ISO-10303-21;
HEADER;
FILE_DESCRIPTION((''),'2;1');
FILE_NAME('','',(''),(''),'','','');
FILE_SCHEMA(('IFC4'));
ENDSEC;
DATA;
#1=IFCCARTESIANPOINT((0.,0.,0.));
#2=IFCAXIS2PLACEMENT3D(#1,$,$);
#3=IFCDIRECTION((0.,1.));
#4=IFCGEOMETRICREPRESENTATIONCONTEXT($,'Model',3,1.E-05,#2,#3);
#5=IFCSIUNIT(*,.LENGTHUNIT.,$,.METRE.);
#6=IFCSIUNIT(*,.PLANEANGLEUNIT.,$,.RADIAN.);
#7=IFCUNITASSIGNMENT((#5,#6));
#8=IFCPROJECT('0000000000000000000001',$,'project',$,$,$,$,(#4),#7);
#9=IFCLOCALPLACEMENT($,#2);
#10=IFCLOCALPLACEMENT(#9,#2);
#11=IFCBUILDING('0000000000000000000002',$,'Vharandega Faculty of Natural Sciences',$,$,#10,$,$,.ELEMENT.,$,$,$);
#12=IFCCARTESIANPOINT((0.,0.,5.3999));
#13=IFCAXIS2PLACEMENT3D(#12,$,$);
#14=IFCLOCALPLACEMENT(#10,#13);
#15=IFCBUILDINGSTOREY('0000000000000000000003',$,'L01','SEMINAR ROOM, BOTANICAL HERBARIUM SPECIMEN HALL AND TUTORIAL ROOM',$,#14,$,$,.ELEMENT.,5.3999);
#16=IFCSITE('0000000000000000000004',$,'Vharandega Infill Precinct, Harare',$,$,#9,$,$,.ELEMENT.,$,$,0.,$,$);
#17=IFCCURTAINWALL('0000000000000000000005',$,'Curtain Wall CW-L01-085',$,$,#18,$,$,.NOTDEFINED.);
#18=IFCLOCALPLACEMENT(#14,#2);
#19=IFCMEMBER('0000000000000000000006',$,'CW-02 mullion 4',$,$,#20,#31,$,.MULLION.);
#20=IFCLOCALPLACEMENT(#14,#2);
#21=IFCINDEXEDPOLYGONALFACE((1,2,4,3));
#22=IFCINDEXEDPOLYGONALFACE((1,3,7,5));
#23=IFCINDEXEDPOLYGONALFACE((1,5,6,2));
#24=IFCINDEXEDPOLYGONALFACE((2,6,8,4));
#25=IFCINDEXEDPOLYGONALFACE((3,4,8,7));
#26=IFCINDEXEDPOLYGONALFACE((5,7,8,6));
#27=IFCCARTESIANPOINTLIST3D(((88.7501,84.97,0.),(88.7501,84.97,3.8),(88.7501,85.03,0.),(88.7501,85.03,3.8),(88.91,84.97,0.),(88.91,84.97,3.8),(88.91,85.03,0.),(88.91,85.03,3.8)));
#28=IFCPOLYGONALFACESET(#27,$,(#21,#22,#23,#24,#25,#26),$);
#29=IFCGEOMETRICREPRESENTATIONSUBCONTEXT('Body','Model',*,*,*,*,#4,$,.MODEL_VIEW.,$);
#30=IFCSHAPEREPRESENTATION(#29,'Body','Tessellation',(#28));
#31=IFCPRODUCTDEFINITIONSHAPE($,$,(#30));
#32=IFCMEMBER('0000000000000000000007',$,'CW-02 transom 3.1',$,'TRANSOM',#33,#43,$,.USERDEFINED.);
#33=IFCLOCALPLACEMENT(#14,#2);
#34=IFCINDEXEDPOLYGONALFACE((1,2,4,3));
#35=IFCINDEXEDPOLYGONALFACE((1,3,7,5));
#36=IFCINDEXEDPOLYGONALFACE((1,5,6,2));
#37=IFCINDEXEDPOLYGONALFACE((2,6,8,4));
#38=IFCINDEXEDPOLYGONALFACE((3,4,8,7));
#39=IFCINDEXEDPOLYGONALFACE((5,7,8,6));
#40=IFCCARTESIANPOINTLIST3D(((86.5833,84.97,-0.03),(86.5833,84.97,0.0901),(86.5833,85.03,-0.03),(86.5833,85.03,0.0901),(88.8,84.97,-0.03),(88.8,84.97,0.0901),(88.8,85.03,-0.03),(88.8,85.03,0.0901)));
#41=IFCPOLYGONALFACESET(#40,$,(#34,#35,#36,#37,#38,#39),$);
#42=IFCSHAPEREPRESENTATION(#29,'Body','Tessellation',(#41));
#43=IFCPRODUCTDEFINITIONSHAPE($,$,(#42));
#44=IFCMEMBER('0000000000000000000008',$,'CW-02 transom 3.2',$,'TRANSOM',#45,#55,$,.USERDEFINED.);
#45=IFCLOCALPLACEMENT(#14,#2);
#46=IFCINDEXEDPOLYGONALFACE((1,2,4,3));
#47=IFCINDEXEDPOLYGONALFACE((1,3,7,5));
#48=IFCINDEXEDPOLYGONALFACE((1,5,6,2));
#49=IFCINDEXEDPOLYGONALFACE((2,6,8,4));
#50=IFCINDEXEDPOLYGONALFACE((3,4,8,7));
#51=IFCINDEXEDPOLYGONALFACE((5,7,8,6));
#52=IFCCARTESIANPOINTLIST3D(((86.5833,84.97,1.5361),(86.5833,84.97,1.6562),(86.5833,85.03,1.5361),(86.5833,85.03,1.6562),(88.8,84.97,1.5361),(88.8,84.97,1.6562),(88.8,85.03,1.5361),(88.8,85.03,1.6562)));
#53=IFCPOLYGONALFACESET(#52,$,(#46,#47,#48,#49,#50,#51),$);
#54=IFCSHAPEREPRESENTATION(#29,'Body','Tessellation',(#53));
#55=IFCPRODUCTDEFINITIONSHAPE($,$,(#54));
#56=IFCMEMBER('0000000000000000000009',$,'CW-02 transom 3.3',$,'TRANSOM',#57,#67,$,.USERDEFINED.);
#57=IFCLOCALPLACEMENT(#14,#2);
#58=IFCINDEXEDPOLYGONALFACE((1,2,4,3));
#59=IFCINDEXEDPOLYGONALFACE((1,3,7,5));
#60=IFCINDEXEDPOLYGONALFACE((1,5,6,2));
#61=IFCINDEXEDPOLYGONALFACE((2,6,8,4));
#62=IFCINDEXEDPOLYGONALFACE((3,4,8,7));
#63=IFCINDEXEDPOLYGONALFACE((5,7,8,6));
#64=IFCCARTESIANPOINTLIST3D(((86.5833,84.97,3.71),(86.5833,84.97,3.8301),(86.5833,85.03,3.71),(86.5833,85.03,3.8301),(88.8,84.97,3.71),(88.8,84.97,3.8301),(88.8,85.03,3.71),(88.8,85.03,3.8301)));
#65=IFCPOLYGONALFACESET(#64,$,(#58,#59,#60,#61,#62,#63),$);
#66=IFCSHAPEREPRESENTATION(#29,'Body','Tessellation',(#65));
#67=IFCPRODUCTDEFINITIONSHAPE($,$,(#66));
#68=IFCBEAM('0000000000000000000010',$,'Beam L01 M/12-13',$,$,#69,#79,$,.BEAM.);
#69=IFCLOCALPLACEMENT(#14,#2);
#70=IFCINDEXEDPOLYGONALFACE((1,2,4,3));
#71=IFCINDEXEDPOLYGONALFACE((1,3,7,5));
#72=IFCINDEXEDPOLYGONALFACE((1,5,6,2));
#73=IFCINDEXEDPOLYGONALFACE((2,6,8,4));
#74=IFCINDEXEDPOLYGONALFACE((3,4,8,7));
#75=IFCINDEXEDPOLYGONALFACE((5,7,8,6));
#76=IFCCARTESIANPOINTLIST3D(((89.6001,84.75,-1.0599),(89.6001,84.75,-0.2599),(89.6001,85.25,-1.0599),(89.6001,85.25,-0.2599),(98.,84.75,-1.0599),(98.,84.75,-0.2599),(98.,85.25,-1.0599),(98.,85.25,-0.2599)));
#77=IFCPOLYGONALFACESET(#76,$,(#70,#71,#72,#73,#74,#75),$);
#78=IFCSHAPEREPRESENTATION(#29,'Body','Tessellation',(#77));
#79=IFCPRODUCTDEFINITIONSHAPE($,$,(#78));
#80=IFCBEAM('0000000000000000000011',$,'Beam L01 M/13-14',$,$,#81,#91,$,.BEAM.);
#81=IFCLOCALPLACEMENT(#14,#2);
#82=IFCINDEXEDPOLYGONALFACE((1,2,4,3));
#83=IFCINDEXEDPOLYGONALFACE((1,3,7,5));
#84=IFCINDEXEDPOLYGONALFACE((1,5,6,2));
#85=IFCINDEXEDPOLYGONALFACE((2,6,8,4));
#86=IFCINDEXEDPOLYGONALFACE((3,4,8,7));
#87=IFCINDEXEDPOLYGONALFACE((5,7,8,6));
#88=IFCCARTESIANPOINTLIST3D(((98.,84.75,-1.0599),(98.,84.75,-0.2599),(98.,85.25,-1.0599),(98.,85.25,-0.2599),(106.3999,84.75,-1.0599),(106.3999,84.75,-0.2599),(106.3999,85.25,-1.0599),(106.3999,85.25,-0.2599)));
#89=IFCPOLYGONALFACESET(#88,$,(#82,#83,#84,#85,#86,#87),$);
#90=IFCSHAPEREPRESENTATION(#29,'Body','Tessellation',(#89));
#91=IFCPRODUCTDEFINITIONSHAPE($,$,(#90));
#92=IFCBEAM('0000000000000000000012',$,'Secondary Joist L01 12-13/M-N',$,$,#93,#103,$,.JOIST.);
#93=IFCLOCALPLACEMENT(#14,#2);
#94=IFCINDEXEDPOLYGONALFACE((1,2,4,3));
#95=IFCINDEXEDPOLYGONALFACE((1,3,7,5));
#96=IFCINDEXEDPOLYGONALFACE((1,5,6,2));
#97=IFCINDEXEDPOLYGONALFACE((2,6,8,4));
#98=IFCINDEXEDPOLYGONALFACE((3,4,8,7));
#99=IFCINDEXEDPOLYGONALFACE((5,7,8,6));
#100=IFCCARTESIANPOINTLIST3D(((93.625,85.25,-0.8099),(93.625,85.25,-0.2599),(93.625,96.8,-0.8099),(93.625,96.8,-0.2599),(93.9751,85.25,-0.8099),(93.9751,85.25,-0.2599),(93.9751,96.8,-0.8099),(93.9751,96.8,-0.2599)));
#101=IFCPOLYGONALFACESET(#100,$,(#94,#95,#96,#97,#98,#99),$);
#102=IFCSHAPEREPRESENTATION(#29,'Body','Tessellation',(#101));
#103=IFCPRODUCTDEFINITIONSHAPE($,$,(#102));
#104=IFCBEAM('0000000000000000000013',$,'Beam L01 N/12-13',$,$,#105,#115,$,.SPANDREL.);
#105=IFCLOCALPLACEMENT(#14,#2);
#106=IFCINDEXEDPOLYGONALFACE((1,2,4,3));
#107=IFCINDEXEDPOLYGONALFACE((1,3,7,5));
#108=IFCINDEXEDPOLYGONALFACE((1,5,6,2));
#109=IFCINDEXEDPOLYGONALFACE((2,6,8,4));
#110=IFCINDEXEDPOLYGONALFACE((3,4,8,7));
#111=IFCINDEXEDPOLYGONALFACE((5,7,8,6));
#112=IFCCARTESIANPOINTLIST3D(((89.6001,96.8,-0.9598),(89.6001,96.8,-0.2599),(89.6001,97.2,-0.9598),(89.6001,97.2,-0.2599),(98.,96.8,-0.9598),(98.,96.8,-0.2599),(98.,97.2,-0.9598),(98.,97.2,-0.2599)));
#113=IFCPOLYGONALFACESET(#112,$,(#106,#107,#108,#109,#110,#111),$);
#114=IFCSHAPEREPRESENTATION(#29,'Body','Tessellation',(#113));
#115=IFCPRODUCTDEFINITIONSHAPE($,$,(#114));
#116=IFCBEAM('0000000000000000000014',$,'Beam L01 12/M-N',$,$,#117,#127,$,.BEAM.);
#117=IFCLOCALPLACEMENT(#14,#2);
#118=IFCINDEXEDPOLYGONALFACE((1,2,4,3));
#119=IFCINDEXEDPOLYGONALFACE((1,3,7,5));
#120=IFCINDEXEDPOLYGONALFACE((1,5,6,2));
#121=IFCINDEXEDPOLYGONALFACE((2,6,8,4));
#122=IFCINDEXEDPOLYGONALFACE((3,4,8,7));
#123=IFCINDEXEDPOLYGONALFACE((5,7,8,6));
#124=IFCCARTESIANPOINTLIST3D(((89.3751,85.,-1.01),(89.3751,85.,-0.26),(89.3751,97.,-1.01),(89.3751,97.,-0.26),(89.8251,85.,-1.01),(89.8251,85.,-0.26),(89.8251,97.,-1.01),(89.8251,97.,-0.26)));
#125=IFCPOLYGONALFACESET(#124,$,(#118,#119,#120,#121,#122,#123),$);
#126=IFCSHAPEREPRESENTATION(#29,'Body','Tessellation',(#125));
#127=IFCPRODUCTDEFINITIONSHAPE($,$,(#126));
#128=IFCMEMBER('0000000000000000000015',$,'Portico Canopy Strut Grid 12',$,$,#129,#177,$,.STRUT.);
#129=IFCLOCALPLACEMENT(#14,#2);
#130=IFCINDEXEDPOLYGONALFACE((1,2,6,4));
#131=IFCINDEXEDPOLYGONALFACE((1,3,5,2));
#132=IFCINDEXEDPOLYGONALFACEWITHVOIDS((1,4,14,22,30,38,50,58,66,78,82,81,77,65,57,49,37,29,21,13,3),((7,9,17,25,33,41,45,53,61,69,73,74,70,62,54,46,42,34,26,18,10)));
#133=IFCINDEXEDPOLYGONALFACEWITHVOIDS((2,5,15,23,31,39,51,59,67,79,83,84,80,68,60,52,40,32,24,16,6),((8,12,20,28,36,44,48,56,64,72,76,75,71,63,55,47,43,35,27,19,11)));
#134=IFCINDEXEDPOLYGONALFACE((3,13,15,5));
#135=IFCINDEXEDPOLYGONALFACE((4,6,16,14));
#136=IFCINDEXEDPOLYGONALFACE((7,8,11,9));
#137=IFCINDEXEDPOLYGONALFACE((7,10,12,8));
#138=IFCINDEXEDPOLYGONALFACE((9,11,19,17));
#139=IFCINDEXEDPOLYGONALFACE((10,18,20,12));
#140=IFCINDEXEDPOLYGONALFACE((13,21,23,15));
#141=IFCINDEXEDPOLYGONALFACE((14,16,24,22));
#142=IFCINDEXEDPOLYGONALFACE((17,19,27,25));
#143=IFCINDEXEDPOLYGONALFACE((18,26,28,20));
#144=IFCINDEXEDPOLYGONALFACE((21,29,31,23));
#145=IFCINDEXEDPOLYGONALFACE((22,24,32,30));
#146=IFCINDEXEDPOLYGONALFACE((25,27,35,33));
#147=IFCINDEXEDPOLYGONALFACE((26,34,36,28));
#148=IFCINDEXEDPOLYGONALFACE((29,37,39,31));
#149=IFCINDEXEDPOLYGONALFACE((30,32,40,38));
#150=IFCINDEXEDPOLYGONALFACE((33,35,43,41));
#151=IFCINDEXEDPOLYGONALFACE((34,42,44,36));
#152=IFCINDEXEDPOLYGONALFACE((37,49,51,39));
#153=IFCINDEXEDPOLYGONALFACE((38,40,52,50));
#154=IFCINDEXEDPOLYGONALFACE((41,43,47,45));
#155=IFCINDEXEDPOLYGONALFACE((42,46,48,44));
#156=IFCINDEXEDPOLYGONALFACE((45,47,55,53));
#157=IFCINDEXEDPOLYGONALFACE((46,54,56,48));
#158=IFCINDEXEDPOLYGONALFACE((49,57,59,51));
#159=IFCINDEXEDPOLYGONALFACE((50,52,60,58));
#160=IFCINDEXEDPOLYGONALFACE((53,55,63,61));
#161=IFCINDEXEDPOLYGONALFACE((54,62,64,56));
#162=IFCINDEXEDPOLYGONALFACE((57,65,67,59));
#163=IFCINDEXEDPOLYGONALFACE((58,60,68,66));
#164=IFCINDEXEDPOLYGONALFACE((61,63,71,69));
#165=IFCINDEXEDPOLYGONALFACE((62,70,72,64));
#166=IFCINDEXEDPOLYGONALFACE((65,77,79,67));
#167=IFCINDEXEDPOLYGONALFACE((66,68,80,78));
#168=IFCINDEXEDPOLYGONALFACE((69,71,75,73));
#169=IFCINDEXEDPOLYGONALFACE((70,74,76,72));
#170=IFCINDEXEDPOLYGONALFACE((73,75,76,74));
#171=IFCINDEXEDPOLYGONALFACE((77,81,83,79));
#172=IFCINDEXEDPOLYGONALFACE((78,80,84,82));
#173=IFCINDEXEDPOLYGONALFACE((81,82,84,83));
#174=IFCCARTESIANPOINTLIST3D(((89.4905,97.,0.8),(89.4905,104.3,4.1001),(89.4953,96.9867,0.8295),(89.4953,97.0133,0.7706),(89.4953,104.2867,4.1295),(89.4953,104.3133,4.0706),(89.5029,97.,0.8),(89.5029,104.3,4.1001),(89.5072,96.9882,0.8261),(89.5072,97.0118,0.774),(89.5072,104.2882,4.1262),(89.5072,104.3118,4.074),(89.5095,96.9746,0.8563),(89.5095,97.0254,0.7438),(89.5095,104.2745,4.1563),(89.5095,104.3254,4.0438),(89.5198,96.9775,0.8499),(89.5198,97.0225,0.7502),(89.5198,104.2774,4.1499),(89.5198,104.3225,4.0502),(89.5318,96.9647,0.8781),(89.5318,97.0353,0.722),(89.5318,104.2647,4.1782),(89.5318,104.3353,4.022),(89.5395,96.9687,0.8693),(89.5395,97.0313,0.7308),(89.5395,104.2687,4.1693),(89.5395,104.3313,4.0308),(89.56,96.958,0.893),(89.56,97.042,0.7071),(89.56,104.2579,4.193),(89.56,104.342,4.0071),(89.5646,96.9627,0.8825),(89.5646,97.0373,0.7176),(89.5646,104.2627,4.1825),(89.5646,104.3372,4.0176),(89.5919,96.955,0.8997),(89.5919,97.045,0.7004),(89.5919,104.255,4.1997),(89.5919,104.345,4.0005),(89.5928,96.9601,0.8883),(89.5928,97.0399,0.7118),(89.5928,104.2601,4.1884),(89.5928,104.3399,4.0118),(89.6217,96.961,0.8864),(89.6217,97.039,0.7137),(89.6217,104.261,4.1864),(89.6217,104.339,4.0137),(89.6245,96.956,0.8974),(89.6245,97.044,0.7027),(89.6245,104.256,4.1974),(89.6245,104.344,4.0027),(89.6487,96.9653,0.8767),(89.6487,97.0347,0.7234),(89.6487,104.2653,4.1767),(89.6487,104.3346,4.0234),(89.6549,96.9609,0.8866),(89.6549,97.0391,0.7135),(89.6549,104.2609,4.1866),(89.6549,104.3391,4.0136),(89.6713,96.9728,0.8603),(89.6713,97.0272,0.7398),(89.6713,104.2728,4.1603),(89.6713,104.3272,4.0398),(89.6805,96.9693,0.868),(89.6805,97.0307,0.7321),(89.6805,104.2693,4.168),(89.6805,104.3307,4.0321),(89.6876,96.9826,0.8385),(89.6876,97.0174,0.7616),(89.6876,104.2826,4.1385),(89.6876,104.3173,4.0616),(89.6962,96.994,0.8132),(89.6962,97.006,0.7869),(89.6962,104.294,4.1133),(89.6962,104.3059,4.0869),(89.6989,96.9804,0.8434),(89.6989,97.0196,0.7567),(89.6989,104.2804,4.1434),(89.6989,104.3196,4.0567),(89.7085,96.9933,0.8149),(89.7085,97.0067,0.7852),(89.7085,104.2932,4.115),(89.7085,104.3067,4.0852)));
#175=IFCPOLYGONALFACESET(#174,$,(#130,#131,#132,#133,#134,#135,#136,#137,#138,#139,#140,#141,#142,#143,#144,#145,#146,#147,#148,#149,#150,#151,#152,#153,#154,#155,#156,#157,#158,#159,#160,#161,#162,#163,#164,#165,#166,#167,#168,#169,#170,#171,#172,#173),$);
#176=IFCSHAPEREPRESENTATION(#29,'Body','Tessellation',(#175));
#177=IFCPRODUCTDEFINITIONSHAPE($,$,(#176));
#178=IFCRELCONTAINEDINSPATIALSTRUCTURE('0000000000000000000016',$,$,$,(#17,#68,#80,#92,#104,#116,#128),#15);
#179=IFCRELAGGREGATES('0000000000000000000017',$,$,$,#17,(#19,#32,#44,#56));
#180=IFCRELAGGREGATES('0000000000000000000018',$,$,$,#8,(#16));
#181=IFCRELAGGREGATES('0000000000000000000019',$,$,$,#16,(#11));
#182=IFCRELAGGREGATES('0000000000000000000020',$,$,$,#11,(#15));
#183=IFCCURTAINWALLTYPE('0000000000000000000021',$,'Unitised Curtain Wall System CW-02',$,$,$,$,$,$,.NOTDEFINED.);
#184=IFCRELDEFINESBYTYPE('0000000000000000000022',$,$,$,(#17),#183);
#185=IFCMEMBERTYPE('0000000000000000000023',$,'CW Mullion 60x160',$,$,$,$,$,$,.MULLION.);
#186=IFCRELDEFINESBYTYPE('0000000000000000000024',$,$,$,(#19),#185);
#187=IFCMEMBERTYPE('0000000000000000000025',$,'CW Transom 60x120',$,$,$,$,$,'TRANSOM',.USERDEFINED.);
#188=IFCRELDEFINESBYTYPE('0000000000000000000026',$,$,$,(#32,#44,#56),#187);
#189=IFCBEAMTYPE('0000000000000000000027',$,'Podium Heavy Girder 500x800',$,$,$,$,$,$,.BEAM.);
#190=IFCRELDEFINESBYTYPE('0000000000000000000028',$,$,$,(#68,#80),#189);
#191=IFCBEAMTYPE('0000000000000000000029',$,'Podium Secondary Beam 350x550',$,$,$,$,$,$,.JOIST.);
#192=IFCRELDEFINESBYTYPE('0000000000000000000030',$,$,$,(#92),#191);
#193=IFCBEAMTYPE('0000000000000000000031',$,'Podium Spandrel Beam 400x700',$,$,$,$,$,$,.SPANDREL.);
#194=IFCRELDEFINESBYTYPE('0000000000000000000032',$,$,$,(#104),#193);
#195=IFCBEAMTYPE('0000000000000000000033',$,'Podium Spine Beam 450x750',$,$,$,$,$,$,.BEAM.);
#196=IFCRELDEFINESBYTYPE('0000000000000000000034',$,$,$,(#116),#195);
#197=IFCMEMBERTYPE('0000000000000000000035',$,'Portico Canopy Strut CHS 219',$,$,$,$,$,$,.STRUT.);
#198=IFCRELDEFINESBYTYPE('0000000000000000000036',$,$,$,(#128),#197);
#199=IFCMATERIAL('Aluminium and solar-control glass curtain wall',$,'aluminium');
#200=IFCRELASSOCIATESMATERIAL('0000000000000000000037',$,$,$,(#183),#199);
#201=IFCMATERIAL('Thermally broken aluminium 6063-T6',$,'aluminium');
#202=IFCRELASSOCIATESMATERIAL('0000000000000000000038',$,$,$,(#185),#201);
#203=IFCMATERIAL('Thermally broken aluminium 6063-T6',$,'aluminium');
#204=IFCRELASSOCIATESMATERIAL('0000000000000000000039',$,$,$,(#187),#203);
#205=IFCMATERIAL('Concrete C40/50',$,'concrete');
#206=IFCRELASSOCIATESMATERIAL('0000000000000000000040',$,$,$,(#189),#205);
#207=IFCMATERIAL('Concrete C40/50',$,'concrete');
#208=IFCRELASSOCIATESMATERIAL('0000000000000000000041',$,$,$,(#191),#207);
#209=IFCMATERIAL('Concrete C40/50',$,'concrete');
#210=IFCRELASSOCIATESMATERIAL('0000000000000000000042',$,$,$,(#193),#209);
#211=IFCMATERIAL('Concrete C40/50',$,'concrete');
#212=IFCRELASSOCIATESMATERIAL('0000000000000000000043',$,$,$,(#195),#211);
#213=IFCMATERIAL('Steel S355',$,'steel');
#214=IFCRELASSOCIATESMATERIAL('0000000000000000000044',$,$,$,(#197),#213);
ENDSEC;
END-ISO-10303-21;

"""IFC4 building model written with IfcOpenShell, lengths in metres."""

from ifc_helpers import new_model, si_unit, direction, frame, origin, origin_2d, place, context, subcontext, project, spatial, rectangle, hollow_circle, extrude, material, material_profile, profile_set, type_object, element, aggregate, save


model = new_model("IFC4")

# Units and contexts
model_context = context("Model", 3, precision=1e-05, world=origin(), true_north=direction((0.0, 1.0)))
body_context = subcontext(model_context, "Body", "Model", "MODEL_VIEW")
ifc_project = project(units=[si_unit("LENGTHUNIT", "METRE"), si_unit("PLANEANGLEUNIT", "RADIAN")], contexts=[model_context])

# Site, building, storey
site_placement = place(None, origin())
site = spatial("IfcSite", under=ifc_project, at=site_placement, Name="Vharandega Infill Precinct, Harare", CompositionType="ELEMENT", RefElevation=0.0)
building_placement = place(site_placement, origin())
building = spatial("IfcBuilding", under=site, at=building_placement, Name="Vharandega Faculty of Natural Sciences", CompositionType="ELEMENT")
storey_placement = place(building_placement, frame((0.0, 0.0, 5.3999)))
storey = spatial("IfcBuildingStorey", under=building, at=storey_placement, Name="L01", Description="SEMINAR ROOM, BOTANICAL HERBARIUM SPECIMEN HALL AND TUTORIAL ROOM", CompositionType="ELEMENT", Elevation=5.3999)

# Curtain wall, members
ifc_material_1 = material(Name="Aluminium and solar-control glass curtain wall", Category="aluminium")
curtain_wall_type = type_object("IfcCurtainWallType", Name="Unitised Curtain Wall System CW-02", PredefinedType="NOTDEFINED", material=ifc_material_1)
curtain_wall_placement = place(storey_placement, origin())
curtain_wall = element("IfcCurtainWall", 1, at=curtain_wall_placement, inside=storey, type_object=curtain_wall_type, Name="Curtain Wall CW-L01-085", PredefinedType="NOTDEFINED")
ifc_material_2 = material(Name="Thermally broken aluminium 6063-T6", Category="aluminium")
ifc_material_profile_1 = material_profile(ifc_material_2, rectangle(XDim=0.0601, YDim=0.1599, at=origin_2d()), Name="ALU 60x160")
ifc_profile_set_1 = profile_set([ifc_material_profile_1], Name="Thermally broken aluminium 6063-T6")
member_type_1 = type_object("IfcMemberType", Name="CW Mullion 60x160", PredefinedType="MULLION", material=ifc_profile_set_1)
member_1_placement = place(storey_placement, frame((88.8301, 85.0, 0.0), z_axis=(0.0, 0.0, 1.0), x_axis=(0.0, 1.0, 0.0)))
member_1 = element("IfcMember", 2, at=member_1_placement, type_object=member_type_1, Name="CW-02 mullion 4", PredefinedType="MULLION", context=body_context, shape_type="SweptSolid", body=[
    extrude(rectangle(XDim=0.0601, YDim=0.1599, at=origin_2d()), origin(), (0.0, 0.0, 1.0), 3.8),
])
ifc_material_3 = material(Name="Thermally broken aluminium 6063-T6", Category="aluminium")
ifc_material_profile_2 = material_profile(ifc_material_3, rectangle(XDim=0.0601, YDim=0.1201, at=origin_2d()), Name="ALU 60x120")
ifc_profile_set_2 = profile_set([ifc_material_profile_2], Name="Thermally broken aluminium 6063-T6")
member_type_2 = type_object("IfcMemberType", Name="CW Transom 60x120", ElementType="TRANSOM", PredefinedType="USERDEFINED", material=ifc_profile_set_2)
member_2_placement = place(storey_placement, frame((86.5833, 85.0, 0.03), z_axis=(1.0, 0.0, 0.0), x_axis=(0.0, 1.0, 0.0)))
member_2 = element("IfcMember", 3, at=member_2_placement, type_object=member_type_2, Name="CW-02 transom 3.1", ObjectType="TRANSOM", PredefinedType="USERDEFINED", context=body_context, shape_type="SweptSolid", body=[
    extrude(rectangle(XDim=0.0601, YDim=0.1201, at=origin_2d()), origin(), (0.0, 0.0, 1.0), 2.2168),
])
member_3_placement = place(storey_placement, frame((86.5833, 85.0, 1.5962), z_axis=(1.0, 0.0, 0.0), x_axis=(0.0, 1.0, 0.0)))
member_3 = element("IfcMember", 4, at=member_3_placement, type_object=member_type_2, Name="CW-02 transom 3.2", ObjectType="TRANSOM", PredefinedType="USERDEFINED", context=body_context, shape_type="SweptSolid", body=[
    extrude(rectangle(XDim=0.0601, YDim=0.1201, at=origin_2d()), origin(), (0.0, 0.0, 1.0), 2.2168),
])
member_4_placement = place(storey_placement, frame((86.5833, 85.0, 3.77), z_axis=(1.0, 0.0, 0.0), x_axis=(0.0, 1.0, 0.0)))
member_4 = element("IfcMember", 5, at=member_4_placement, type_object=member_type_2, Name="CW-02 transom 3.3", ObjectType="TRANSOM", PredefinedType="USERDEFINED", context=body_context, shape_type="SweptSolid", body=[
    extrude(rectangle(XDim=0.0601, YDim=0.1201, at=origin_2d()), origin(), (0.0, 0.0, 1.0), 2.2168),
])

# Beams
ifc_material_4 = material(Name="Concrete C40/50", Category="concrete")
ifc_material_profile_3 = material_profile(ifc_material_4, rectangle(XDim=0.5, YDim=0.8, at=origin_2d()), Name="RC 500x800")
ifc_profile_set_3 = profile_set([ifc_material_profile_3], Name="Concrete C40/50")
beam_type_1 = type_object("IfcBeamType", Name="Podium Heavy Girder 500x800", PredefinedType="BEAM", material=ifc_profile_set_3)
for number, where, z_axis, x_axis, name in (
    (6, (89.6001, 85.0, -0.6599), (1.0, 0.0, 0.0), (0.0, 1.0, 0.0), "Beam L01 M/12-13"),
    (7, (98.0, 85.0, -0.6599), (1.0, 0.0, 0.0), (0.0, 1.0, 0.0), "Beam L01 M/13-14"),
):
    element("IfcBeam", number, at=place(storey_placement, frame(where, z_axis=z_axis, x_axis=x_axis)), inside=storey, type_object=beam_type_1, Name=name, PredefinedType="BEAM", context=body_context, shape_type="SweptSolid", body=[
        extrude(rectangle(XDim=0.5, YDim=0.8, at=origin_2d()), origin(), (0.0, 0.0, 1.0), 8.3999),
    ])
ifc_material_5 = material(Name="Concrete C40/50", Category="concrete")
ifc_material_profile_4 = material_profile(ifc_material_5, rectangle(XDim=0.3501, YDim=0.55, at=origin_2d()), Name="RC 350x550")
ifc_profile_set_4 = profile_set([ifc_material_profile_4], Name="Concrete C40/50")
beam_type_2 = type_object("IfcBeamType", Name="Podium Secondary Beam 350x550", PredefinedType="JOIST", material=ifc_profile_set_4)
beam_1_placement = place(storey_placement, frame((93.8, 85.25, -0.5349), z_axis=(0.0, 1.0, 0.0), x_axis=(-1.0, 0.0, 0.0)))
element("IfcBeam", 8, at=beam_1_placement, inside=storey, type_object=beam_type_2, Name="Secondary Joist L01 12-13/M-N", PredefinedType="JOIST", context=body_context, shape_type="SweptSolid", body=[
    extrude(rectangle(XDim=0.3501, YDim=0.55, at=origin_2d()), origin(), (0.0, 0.0, 1.0), 11.55),
])
ifc_material_6 = material(Name="Concrete C40/50", Category="concrete")
ifc_material_profile_5 = material_profile(ifc_material_6, rectangle(XDim=0.3999, YDim=0.7, at=origin_2d()), Name="RC 400x700")
ifc_profile_set_5 = profile_set([ifc_material_profile_5], Name="Concrete C40/50")
beam_type_3 = type_object("IfcBeamType", Name="Podium Spandrel Beam 400x700", PredefinedType="SPANDREL", material=ifc_profile_set_5)
beam_2_placement = place(storey_placement, frame((89.6001, 97.0, -0.6099), z_axis=(1.0, 0.0, 0.0), x_axis=(0.0, 1.0, 0.0)))
element("IfcBeam", 9, at=beam_2_placement, inside=storey, type_object=beam_type_3, Name="Beam L01 N/12-13", PredefinedType="SPANDREL", context=body_context, shape_type="SweptSolid", body=[
    extrude(rectangle(XDim=0.3999, YDim=0.7, at=origin_2d()), origin(), (0.0, 0.0, 1.0), 8.3999),
])
ifc_material_7 = material(Name="Concrete C40/50", Category="concrete")
ifc_material_profile_6 = material_profile(ifc_material_7, rectangle(XDim=0.45, YDim=0.75, at=origin_2d()), Name="RC 450x750")
ifc_profile_set_6 = profile_set([ifc_material_profile_6], Name="Concrete C40/50")
beam_type_4 = type_object("IfcBeamType", Name="Podium Spine Beam 450x750", PredefinedType="BEAM", material=ifc_profile_set_6)
beam_3_placement = place(storey_placement, frame((89.6001, 85.0, -0.635), z_axis=(0.0, 1.0, 0.0), x_axis=(-1.0, 0.0, 0.0)))
element("IfcBeam", 10, at=beam_3_placement, inside=storey, type_object=beam_type_4, Name="Beam L01 12/M-N", PredefinedType="BEAM", context=body_context, shape_type="SweptSolid", body=[
    extrude(rectangle(XDim=0.45, YDim=0.75, at=origin_2d()), origin(), (0.0, 0.0, 1.0), 12.0),
])

# Member
ifc_material_8 = material(Name="Steel S355", Category="steel")
ifc_material_profile_7 = material_profile(ifc_material_8, hollow_circle(Radius=0.1096, WallThickness=0.0125, at=origin_2d()), Name="CHS 219.1x12.5")
ifc_profile_set_7 = profile_set([ifc_material_profile_7], Name="Steel S355")
member_type_3 = type_object("IfcMemberType", Name="Portico Canopy Strut CHS 219", PredefinedType="STRUT", material=ifc_profile_set_7)
member_5_placement = place(storey_placement, frame((89.6001, 97.0, 0.8), z_axis=(0.0, 0.911218, 0.411924), x_axis=(-1.0, 0.0, 0.0)))
element("IfcMember", 11, at=member_5_placement, inside=storey, type_object=member_type_3, Name="Portico Canopy Strut Grid 12", PredefinedType="STRUT", context=body_context, shape_type="SweptSolid", body=[
    extrude(hollow_circle(Radius=0.1096, WallThickness=0.0125, at=origin_2d()), origin(), (0.0, 0.0, 1.0), 8.0112),
])

aggregate(curtain_wall, [member_1, member_2, member_3, member_4])

save(model, "model.ifc")
